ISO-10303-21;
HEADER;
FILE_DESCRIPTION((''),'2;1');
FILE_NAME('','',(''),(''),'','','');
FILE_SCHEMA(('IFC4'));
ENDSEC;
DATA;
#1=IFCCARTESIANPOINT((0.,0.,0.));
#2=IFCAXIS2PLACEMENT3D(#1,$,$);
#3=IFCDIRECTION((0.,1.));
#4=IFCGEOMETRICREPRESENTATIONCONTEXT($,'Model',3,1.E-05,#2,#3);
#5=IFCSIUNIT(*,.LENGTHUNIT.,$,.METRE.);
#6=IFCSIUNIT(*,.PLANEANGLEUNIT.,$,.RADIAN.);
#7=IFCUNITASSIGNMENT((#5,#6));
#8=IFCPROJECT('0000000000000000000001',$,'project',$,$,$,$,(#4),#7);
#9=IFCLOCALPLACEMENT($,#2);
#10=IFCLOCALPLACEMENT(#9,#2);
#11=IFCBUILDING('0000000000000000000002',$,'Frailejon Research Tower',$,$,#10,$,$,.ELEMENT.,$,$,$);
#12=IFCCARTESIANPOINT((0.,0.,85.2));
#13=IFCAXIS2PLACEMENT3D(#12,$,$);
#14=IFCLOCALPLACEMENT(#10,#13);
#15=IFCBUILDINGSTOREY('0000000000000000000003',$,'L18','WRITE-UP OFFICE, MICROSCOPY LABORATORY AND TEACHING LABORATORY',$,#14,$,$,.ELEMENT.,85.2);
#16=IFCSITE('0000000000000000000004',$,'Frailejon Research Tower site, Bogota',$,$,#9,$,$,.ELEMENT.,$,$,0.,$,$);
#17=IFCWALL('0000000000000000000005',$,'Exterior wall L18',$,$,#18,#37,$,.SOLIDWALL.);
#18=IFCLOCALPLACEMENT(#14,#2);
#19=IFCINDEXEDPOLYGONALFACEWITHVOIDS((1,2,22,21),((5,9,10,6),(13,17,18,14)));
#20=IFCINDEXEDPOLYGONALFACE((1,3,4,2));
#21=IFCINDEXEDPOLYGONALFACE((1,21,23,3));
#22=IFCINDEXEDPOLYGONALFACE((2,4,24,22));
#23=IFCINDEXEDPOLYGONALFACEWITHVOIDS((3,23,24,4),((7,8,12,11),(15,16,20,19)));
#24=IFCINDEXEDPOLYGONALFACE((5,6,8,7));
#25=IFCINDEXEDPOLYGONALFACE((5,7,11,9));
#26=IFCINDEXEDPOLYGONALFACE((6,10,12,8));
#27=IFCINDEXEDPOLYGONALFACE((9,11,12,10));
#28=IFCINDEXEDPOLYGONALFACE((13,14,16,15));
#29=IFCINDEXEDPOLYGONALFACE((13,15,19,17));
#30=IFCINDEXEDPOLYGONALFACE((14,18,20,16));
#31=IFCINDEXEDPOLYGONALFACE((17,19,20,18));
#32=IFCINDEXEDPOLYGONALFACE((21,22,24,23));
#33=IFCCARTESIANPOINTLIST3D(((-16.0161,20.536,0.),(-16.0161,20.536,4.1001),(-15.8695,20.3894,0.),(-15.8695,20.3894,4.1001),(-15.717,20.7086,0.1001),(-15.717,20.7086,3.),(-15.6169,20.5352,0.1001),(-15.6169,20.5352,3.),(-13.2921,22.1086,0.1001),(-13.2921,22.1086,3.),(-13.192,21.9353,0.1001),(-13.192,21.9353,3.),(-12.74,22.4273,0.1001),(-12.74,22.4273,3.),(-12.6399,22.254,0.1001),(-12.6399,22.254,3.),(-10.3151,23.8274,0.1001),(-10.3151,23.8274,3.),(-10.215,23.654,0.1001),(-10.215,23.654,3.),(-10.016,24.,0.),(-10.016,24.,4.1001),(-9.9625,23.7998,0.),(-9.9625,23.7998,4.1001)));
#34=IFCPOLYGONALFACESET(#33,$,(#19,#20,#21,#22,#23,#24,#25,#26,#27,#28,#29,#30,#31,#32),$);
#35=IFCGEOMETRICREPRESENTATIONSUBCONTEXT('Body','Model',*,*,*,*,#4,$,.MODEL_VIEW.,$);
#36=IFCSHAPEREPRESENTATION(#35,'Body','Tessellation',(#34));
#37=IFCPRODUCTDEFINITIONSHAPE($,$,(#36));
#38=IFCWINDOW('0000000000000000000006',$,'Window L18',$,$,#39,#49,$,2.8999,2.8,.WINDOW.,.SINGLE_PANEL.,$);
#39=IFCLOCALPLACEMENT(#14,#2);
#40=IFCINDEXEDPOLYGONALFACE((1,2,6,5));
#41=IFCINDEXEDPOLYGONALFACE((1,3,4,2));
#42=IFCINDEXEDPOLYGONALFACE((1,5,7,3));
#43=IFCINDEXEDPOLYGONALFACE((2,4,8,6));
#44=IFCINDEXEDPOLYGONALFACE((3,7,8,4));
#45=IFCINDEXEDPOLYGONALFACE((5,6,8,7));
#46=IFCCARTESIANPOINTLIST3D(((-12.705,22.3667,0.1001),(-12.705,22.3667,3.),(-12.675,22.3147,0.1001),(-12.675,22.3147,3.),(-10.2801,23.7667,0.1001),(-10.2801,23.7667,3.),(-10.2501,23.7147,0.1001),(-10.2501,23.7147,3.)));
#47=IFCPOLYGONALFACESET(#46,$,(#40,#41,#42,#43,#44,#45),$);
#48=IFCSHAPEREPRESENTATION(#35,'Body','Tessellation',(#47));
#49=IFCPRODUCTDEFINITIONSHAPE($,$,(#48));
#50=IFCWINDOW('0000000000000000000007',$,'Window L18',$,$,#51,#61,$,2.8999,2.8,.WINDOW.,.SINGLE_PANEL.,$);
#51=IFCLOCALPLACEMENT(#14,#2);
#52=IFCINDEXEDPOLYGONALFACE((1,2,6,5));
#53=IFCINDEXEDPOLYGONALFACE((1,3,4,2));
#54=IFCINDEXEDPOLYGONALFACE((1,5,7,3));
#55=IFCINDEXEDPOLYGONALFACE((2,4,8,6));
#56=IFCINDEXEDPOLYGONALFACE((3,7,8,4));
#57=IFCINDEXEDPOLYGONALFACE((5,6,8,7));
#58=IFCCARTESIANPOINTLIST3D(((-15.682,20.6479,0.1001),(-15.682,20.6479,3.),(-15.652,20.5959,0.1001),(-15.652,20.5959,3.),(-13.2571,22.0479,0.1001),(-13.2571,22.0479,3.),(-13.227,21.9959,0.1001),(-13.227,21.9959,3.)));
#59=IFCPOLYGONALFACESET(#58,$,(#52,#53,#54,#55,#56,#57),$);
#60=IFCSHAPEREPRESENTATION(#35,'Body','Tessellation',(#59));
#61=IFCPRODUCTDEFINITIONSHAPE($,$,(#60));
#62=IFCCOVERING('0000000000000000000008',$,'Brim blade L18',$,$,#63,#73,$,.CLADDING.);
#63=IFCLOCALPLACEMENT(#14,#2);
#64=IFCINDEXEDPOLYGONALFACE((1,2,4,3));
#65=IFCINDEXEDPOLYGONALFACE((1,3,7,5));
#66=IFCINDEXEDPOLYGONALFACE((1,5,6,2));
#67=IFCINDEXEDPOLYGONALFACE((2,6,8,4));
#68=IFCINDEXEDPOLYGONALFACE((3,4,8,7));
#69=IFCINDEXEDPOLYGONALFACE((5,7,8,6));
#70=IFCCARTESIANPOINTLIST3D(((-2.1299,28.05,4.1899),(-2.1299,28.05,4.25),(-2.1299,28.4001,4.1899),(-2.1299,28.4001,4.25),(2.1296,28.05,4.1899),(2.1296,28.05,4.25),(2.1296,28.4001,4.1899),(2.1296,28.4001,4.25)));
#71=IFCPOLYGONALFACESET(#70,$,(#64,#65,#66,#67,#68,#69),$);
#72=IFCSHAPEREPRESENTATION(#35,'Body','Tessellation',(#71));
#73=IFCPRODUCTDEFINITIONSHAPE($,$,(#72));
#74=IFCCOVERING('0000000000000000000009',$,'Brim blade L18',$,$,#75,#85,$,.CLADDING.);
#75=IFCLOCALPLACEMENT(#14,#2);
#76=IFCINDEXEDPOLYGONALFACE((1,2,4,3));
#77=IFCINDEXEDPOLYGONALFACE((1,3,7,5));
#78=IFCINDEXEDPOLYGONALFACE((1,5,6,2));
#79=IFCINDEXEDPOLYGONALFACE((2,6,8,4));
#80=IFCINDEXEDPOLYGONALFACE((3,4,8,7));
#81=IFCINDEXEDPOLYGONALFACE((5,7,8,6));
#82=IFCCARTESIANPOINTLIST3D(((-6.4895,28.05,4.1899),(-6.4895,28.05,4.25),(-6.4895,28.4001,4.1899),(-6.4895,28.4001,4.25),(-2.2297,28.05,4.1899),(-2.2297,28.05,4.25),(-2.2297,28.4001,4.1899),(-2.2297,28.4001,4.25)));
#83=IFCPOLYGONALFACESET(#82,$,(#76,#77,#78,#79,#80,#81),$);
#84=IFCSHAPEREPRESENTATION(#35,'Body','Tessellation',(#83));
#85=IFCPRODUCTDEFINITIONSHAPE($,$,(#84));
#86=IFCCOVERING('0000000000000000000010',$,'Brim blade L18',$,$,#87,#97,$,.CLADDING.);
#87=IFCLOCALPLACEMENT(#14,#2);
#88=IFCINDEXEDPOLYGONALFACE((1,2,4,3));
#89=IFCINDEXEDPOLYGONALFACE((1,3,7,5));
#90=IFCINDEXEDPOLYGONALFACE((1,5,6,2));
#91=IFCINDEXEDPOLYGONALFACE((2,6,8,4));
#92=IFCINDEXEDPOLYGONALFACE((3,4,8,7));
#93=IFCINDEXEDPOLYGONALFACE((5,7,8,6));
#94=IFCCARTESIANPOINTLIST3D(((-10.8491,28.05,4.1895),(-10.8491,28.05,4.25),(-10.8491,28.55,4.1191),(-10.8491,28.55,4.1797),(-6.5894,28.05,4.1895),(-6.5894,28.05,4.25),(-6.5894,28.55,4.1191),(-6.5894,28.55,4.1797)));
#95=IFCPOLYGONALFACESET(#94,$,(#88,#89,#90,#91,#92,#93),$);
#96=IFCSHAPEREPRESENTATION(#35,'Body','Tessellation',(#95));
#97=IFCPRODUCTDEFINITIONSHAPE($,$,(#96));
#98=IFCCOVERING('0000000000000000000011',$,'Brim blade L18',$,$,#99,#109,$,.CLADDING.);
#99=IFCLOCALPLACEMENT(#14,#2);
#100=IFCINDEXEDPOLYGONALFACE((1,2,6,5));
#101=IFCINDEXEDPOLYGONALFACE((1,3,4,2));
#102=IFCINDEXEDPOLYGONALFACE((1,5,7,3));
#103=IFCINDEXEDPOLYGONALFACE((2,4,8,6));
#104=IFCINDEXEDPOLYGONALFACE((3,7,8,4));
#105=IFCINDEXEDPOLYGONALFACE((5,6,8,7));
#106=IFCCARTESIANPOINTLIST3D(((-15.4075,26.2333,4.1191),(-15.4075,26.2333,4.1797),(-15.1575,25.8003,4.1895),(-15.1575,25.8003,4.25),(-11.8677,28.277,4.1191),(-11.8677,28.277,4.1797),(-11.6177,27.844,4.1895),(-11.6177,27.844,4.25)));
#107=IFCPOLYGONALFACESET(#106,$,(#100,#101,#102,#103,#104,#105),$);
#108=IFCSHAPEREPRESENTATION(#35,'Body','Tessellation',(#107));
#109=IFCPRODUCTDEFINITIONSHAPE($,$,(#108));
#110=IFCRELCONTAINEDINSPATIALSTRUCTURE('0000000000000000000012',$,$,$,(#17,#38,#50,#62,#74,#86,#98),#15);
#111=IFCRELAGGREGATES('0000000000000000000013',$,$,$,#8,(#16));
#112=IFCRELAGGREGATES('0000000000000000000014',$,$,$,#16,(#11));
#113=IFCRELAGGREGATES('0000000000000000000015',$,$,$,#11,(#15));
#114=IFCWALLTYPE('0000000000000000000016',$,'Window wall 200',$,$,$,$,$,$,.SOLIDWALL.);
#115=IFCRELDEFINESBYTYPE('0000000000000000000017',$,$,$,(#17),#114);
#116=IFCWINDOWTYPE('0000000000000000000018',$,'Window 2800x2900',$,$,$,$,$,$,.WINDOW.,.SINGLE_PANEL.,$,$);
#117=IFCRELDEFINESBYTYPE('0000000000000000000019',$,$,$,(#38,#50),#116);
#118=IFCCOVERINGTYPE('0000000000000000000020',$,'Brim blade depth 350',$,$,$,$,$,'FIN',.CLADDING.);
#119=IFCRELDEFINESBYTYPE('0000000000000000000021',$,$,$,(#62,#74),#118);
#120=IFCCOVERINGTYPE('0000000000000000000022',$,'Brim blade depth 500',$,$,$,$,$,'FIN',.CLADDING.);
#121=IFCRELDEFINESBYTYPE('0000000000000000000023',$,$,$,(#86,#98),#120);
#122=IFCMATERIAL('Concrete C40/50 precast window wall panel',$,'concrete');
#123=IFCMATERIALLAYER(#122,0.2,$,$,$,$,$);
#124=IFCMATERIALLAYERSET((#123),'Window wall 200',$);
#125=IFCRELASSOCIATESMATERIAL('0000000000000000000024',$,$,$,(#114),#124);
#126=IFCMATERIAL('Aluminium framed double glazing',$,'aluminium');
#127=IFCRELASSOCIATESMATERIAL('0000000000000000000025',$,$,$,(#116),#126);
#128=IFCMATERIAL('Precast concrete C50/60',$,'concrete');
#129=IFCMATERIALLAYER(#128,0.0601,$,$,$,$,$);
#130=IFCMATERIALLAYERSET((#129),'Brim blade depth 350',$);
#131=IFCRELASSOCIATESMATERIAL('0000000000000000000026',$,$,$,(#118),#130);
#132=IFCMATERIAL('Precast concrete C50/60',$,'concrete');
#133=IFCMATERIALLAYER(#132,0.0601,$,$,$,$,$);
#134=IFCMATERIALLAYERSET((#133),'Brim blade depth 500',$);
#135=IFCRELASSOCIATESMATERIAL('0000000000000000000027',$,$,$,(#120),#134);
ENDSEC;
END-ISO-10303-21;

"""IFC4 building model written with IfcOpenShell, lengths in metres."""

from ifc_helpers import new_model, si_unit, direction, frame, frame_2d, origin, place, context, subcontext, project, spatial, polyline, rectangle, outline, extrude, material, layer, layer_set, type_object, element, fill, save


model = new_model("IFC4")

# Units and contexts
model_context = context("Model", 3, precision=1e-05, world=origin(), true_north=direction((0.0, 1.0)))
body_context = subcontext(model_context, "Body", "Model", "MODEL_VIEW")
ifc_project = project(units=[si_unit("LENGTHUNIT", "METRE"), si_unit("PLANEANGLEUNIT", "RADIAN")], contexts=[model_context])

# Site, building, storey
site_placement = place(None, origin())
site = spatial("IfcSite", under=ifc_project, at=site_placement, Name="Frailejon Research Tower site, Bogota", CompositionType="ELEMENT", RefElevation=0.0)
building_placement = place(site_placement, origin())
building = spatial("IfcBuilding", under=site, at=building_placement, Name="Frailejon Research Tower", CompositionType="ELEMENT")
storey_placement = place(building_placement, frame((0.0, 0.0, 85.2)))
storey = spatial("IfcBuildingStorey", under=building, at=storey_placement, Name="L18", Description="WRITE-UP OFFICE, MICROSCOPY LABORATORY AND TEACHING LABORATORY", CompositionType="ELEMENT", Elevation=85.2)

# Wall, openings, windows
ifc_material_1 = material(Name="Concrete C40/50 precast window wall panel", Category="concrete")
ifc_layer_1 = layer(ifc_material_1, 0.2)
ifc_layer_set_1 = layer_set([ifc_layer_1], Name="Window wall 200")
wall_type_1 = type_object("IfcWallType", Name="Window wall 200", PredefinedType="SOLIDWALL", material=ifc_layer_set_1)
wall_1_placement = place(storey_placement, frame((-9.9893, 23.8999, 0.0), z_axis=(0.0, 0.0, 1.0), x_axis=(-0.866029, -0.499993, 0.0)))
wall_1 = element("IfcWall", 1, at=wall_1_placement, inside=storey, type_object=wall_type_1, Name="Exterior wall L18", PredefinedType="SOLIDWALL", context=body_context, shape_type="SweptSolid", body=[
    extrude(outline(polyline([(-0.0269, -0.1001), (1.1279, -0.1001), (2.2825, -0.1001), (3.4373, -0.1001), (4.592, -0.1001), (5.7466, -0.1001), (6.9014, -0.1001), (6.8477, 0.1001), (5.7109, 0.1001), (4.574, 0.1001), (3.4373, 0.1001), (2.3005, 0.1001), (1.1636, 0.1001), (0.0269, 0.1001), (-0.0269, -0.1001)])), origin(), (0.0, 0.0, 1.0), 4.1001),
])
opening_1_placement = place(wall_1_placement, frame((0.3186, 0.0, 0.1001)))
opening_1 = element("IfcOpeningElement", 2, at=opening_1_placement, cuts=wall_1, PredefinedType="OPENING", context=body_context, shape_type="SweptSolid", body=[
    extrude(rectangle(XDim=2.8, YDim=2.8999, at=frame_2d((1.3999, 1.45))), frame((0.0, 0.1099, 0.0), z_axis=(0.0, -1.0, 0.0), x_axis=(1.0, 0.0, 0.0)), (0.0, 0.0, 1.0), 0.22),
])
opening_2_placement = place(wall_1_placement, frame((3.7561, 0.0, 0.1001)))
opening_2 = element("IfcOpeningElement", 3, at=opening_2_placement, cuts=wall_1, PredefinedType="OPENING", context=body_context, shape_type="SweptSolid", body=[
    extrude(rectangle(XDim=2.8, YDim=2.8999, at=frame_2d((1.3999, 1.45))), frame((0.0, 0.1099, 0.0), z_axis=(0.0, -1.0, 0.0), x_axis=(1.0, 0.0, 0.0)), (0.0, 0.0, 1.0), 0.22),
])
ifc_material_2 = material(Name="Aluminium framed double glazing", Category="aluminium")
window_type = type_object("IfcWindowType", Name="Window 2800x2900", PartitioningType="SINGLE_PANEL", PredefinedType="WINDOW", material=ifc_material_2)
window_1_placement = place(opening_1_placement, origin())
window_1 = element("IfcWindow", 4, at=window_1_placement, inside=storey, type_object=window_type, Name="Window L18", OverallHeight=2.8999, OverallWidth=2.8, PartitioningType="SINGLE_PANEL", PredefinedType="WINDOW", context=body_context, shape_type="SweptSolid", body=[
    extrude(rectangle(XDim=2.8, YDim=2.8999, at=frame_2d((1.3999, 1.45))), frame((0.0, 0.03, 0.0), z_axis=(0.0, -1.0, 0.0), x_axis=(1.0, 0.0, 0.0)), (0.0, 0.0, 1.0), 0.0601),
])
fill(opening_1, window_1)
window_2_placement = place(opening_2_placement, origin())
window_2 = element("IfcWindow", 5, at=window_2_placement, inside=storey, type_object=window_type, Name="Window L18", OverallHeight=2.8999, OverallWidth=2.8, PartitioningType="SINGLE_PANEL", PredefinedType="WINDOW", context=body_context, shape_type="SweptSolid", body=[
    extrude(rectangle(XDim=2.8, YDim=2.8999, at=frame_2d((1.3999, 1.45))), frame((0.0, 0.03, 0.0), z_axis=(0.0, -1.0, 0.0), x_axis=(1.0, 0.0, 0.0)), (0.0, 0.0, 1.0), 0.0601),
])
fill(opening_2, window_2)

# Coverings
ifc_material_3 = material(Name="Precast concrete C50/60", Category="concrete")
ifc_layer_2 = layer(ifc_material_3, 0.0601)
ifc_layer_set_2 = layer_set([ifc_layer_2], Name="Brim blade depth 350")
covering_type_1 = type_object("IfcCoveringType", Name="Brim blade depth 350", ElementType="FIN", PredefinedType="CLADDING", material=ifc_layer_set_2)
covering_1_placement = place(storey_placement, frame((-2.1299, 28.05, 4.25), z_axis=(1.0, 0.0, 0.0), x_axis=(0.0, 1.0, 0.0)))
element("IfcCovering", 6, at=covering_1_placement, inside=storey, type_object=covering_type_1, Name="Brim blade L18", PredefinedType="CLADDING", context=body_context, shape_type="SweptSolid", body=[
    extrude(outline(polyline([(0.0, -0.0601), (0.3501, -0.0601), (0.3501, 0.0), (0.0, 0.0), (0.0, -0.0601)])), origin(), (0.0, 0.0, 1.0), 4.2595),
])
covering_2_placement = place(storey_placement, frame((-6.4895, 28.05, 4.25), z_axis=(1.0, 0.0, 0.0), x_axis=(0.0, 1.0, 0.0)))
element("IfcCovering", 7, at=covering_2_placement, inside=storey, type_object=covering_type_1, Name="Brim blade L18", PredefinedType="CLADDING", context=body_context, shape_type="SweptSolid", body=[
    extrude(outline(polyline([(0.0, -0.0601), (0.3501, -0.0601), (0.3501, 0.0), (0.0, 0.0), (0.0, -0.0601)])), origin(), (0.0, 0.0, 1.0), 4.2598),
])
ifc_material_4 = material(Name="Precast concrete C50/60", Category="concrete")
ifc_layer_3 = layer(ifc_material_4, 0.0601)
ifc_layer_set_3 = layer_set([ifc_layer_3], Name="Brim blade depth 500")
covering_type_2 = type_object("IfcCoveringType", Name="Brim blade depth 500", ElementType="FIN", PredefinedType="CLADDING", material=ifc_layer_set_3)
covering_3_placement = place(storey_placement, frame((-10.8491, 28.05, 4.25), z_axis=(1.0, 0.0, 0.0), x_axis=(0.0, 1.0, 0.0)))
element("IfcCovering", 8, at=covering_3_placement, inside=storey, type_object=covering_type_2, Name="Brim blade L18", PredefinedType="CLADDING", context=body_context, shape_type="SweptSolid", body=[
    extrude(outline(polyline([(0.0, -0.0605), (0.5, -0.1309), (0.5, -0.0703), (0.0, 0.0), (0.0, -0.0605)])), origin(), (0.0, 0.0, 1.0), 4.2598),
])
covering_4_placement = place(storey_placement, frame((-15.1575, 25.8003, 4.25), z_axis=(0.866021, 0.500007, 0.0), x_axis=(-0.500007, 0.866021, 0.0)))
element("IfcCovering", 9, at=covering_4_placement, inside=storey, type_object=covering_type_2, Name="Brim blade L18", PredefinedType="CLADDING", context=body_context, shape_type="SweptSolid", body=[
    extrude(outline(polyline([(0.0, -0.0605), (0.5, -0.1309), (0.5, -0.0703), (0.0, 0.0), (0.0, -0.0605)])), origin(), (0.0, 0.0, 1.0), 4.0874),
])

save(model, "model.ifc")
